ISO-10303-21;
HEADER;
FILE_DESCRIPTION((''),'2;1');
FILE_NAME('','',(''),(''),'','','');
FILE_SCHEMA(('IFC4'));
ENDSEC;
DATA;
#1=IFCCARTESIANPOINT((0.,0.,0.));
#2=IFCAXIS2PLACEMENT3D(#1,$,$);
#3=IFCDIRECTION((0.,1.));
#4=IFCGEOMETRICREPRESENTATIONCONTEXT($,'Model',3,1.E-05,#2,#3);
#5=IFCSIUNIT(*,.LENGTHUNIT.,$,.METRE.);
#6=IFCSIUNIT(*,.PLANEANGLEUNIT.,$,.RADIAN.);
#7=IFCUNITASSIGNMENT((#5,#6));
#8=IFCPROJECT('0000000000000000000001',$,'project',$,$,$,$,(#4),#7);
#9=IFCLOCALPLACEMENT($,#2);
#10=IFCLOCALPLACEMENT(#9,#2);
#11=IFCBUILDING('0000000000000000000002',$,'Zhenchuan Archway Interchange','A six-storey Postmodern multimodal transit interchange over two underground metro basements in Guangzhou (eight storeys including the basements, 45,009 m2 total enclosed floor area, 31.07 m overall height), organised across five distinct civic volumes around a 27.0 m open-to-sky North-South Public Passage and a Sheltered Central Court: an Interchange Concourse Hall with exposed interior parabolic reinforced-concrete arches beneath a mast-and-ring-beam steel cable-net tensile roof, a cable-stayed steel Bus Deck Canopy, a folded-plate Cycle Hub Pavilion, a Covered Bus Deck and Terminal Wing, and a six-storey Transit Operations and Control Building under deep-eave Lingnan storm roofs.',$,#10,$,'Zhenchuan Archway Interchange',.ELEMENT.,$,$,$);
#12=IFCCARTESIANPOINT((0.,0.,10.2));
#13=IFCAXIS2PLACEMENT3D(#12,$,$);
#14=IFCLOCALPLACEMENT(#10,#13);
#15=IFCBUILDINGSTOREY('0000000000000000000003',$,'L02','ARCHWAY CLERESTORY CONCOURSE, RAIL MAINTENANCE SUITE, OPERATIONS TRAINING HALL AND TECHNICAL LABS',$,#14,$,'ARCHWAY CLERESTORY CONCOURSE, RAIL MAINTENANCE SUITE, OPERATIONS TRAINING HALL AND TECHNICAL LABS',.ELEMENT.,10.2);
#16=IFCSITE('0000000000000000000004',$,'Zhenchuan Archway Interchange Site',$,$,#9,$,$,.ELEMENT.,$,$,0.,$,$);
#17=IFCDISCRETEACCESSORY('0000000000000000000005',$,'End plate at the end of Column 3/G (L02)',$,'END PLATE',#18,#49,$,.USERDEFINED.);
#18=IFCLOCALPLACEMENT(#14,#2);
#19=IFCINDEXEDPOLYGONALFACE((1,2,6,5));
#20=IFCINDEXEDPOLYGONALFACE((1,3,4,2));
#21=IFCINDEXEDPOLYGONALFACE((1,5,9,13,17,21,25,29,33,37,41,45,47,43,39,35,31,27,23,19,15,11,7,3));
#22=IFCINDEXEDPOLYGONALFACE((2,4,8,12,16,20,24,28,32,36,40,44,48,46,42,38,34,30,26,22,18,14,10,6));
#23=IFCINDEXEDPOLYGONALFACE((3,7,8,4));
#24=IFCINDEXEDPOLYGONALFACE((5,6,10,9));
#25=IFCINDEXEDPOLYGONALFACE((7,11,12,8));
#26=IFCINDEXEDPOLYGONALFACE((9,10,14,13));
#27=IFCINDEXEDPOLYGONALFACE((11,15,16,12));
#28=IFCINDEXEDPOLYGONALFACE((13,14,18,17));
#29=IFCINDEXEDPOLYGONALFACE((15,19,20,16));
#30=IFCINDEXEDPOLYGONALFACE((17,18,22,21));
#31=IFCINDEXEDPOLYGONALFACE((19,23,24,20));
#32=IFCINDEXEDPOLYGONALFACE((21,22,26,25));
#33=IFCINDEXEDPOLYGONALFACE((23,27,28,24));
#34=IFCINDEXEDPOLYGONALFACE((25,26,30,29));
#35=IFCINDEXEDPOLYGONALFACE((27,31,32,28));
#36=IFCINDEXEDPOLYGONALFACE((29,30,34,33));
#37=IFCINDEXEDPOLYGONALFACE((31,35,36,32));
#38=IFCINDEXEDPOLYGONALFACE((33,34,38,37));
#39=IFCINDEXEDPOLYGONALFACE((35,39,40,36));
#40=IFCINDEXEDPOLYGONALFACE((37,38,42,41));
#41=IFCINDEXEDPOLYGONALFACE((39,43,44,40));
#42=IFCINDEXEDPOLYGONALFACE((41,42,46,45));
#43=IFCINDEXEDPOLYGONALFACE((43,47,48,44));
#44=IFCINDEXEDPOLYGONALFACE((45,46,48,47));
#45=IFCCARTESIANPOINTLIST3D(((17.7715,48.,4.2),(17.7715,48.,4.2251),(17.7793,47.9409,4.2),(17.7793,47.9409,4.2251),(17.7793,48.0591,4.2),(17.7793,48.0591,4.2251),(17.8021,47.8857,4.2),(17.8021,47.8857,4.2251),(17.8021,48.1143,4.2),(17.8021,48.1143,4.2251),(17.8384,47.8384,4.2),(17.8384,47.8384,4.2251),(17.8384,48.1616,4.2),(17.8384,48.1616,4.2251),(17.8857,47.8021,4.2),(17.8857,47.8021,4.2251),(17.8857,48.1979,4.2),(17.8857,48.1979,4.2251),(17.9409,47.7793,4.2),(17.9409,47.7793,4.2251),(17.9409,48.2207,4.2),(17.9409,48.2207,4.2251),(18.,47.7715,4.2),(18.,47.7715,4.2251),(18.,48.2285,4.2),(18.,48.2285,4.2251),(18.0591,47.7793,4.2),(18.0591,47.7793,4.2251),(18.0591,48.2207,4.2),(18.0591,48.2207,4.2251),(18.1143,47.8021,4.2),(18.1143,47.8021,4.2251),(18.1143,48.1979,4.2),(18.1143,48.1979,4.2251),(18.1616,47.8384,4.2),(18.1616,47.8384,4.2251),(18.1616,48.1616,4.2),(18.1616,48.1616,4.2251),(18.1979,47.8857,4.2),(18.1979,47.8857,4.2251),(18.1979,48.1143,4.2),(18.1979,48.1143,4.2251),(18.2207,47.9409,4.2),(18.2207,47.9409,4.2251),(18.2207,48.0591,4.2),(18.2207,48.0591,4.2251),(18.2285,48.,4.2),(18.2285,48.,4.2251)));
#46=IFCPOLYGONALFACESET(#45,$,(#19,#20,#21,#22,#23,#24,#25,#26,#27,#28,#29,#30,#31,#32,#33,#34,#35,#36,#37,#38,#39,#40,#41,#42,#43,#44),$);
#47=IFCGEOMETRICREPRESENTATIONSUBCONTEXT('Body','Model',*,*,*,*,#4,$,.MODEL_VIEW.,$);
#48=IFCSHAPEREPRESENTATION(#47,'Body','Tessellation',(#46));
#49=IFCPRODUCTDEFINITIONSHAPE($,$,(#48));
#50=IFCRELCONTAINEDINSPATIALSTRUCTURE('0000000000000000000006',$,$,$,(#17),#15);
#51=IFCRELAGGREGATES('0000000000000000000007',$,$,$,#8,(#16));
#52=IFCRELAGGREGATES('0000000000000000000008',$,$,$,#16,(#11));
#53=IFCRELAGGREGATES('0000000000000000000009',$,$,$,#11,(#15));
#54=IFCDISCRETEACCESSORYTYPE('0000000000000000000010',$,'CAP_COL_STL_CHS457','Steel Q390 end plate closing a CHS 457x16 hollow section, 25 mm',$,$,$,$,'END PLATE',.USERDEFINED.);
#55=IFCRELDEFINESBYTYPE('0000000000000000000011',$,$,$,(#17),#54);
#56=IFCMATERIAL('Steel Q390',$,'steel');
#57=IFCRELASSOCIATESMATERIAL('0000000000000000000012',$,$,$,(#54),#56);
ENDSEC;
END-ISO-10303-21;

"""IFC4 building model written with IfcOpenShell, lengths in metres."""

from ifc_helpers import new_model, si_unit, direction, frame, origin, origin_2d, place, context, subcontext, project, spatial, circle, extrude, material, type_object, element, save


model = new_model("IFC4")

# Units and contexts
model_context = context("Model", 3, precision=1e-05, world=origin(), true_north=direction((0.0, 1.0)))
body_context = subcontext(model_context, "Body", "Model", "MODEL_VIEW")
ifc_project = project(units=[si_unit("LENGTHUNIT", "METRE"), si_unit("PLANEANGLEUNIT", "RADIAN")], contexts=[model_context])

# Site, building, storey
site_placement = place(None, origin())
site = spatial("IfcSite", under=ifc_project, at=site_placement, Name="Zhenchuan Archway Interchange Site", CompositionType="ELEMENT", RefElevation=0.0)
building_placement = place(site_placement, origin())
building = spatial("IfcBuilding", under=site, at=building_placement, Name="Zhenchuan Archway Interchange", Description="A six-storey Postmodern multimodal transit interchange over two underground metro basements in Guangzhou (eight storeys including the basements, 45,009 m2 total enclosed floor area, 31.07 m overall height), organised across five distinct civic volumes around a 27.0 m open-to-sky North-South Public Passage and a Sheltered Central Court: an Interchange Concourse Hall with exposed interior parabolic reinforced-concrete arches beneath a mast-and-ring-beam steel cable-net tensile roof, a cable-stayed steel Bus Deck Canopy, a folded-plate Cycle Hub Pavilion, a Covered Bus Deck and Terminal Wing, and a six-storey Transit Operations and Control Building under deep-eave Lingnan storm roofs.", LongName="Zhenchuan Archway Interchange", CompositionType="ELEMENT")
storey_placement = place(building_placement, frame((0.0, 0.0, 10.2)))
storey = spatial("IfcBuildingStorey", under=building, at=storey_placement, Name="L02", Description="ARCHWAY CLERESTORY CONCOURSE, RAIL MAINTENANCE SUITE, OPERATIONS TRAINING HALL AND TECHNICAL LABS", LongName="ARCHWAY CLERESTORY CONCOURSE, RAIL MAINTENANCE SUITE, OPERATIONS TRAINING HALL AND TECHNICAL LABS", CompositionType="ELEMENT", Elevation=10.2)

# Shared definitions
ifc_material_1 = material(Name="Steel Q390", Category="steel")

# Discrete accessory
discrete_accessory_type = type_object("IfcDiscreteAccessoryType", Name="CAP_COL_STL_CHS457", Description="Steel Q390 end plate closing a CHS 457x16 hollow section, 25 mm", ElementType="END PLATE", PredefinedType="USERDEFINED", material=ifc_material_1)
discrete_accessory_placement = place(storey_placement, frame((18.0, 48.0, 4.2), z_axis=(0.0, 0.0, 1.0), x_axis=(1.0, 0.0, 0.0)))
element("IfcDiscreteAccessory", 1, at=discrete_accessory_placement, inside=storey, type_object=discrete_accessory_type, Name="End plate at the end of Column 3/G (L02)", ObjectType="END PLATE", PredefinedType="USERDEFINED", context=body_context, shape_type="SweptSolid", body=[
    extrude(circle(Radius=0.2285, at=origin_2d()), origin(), (0.0, 0.0, 1.0), 0.0251),
])

save(model, "model.ifc")
